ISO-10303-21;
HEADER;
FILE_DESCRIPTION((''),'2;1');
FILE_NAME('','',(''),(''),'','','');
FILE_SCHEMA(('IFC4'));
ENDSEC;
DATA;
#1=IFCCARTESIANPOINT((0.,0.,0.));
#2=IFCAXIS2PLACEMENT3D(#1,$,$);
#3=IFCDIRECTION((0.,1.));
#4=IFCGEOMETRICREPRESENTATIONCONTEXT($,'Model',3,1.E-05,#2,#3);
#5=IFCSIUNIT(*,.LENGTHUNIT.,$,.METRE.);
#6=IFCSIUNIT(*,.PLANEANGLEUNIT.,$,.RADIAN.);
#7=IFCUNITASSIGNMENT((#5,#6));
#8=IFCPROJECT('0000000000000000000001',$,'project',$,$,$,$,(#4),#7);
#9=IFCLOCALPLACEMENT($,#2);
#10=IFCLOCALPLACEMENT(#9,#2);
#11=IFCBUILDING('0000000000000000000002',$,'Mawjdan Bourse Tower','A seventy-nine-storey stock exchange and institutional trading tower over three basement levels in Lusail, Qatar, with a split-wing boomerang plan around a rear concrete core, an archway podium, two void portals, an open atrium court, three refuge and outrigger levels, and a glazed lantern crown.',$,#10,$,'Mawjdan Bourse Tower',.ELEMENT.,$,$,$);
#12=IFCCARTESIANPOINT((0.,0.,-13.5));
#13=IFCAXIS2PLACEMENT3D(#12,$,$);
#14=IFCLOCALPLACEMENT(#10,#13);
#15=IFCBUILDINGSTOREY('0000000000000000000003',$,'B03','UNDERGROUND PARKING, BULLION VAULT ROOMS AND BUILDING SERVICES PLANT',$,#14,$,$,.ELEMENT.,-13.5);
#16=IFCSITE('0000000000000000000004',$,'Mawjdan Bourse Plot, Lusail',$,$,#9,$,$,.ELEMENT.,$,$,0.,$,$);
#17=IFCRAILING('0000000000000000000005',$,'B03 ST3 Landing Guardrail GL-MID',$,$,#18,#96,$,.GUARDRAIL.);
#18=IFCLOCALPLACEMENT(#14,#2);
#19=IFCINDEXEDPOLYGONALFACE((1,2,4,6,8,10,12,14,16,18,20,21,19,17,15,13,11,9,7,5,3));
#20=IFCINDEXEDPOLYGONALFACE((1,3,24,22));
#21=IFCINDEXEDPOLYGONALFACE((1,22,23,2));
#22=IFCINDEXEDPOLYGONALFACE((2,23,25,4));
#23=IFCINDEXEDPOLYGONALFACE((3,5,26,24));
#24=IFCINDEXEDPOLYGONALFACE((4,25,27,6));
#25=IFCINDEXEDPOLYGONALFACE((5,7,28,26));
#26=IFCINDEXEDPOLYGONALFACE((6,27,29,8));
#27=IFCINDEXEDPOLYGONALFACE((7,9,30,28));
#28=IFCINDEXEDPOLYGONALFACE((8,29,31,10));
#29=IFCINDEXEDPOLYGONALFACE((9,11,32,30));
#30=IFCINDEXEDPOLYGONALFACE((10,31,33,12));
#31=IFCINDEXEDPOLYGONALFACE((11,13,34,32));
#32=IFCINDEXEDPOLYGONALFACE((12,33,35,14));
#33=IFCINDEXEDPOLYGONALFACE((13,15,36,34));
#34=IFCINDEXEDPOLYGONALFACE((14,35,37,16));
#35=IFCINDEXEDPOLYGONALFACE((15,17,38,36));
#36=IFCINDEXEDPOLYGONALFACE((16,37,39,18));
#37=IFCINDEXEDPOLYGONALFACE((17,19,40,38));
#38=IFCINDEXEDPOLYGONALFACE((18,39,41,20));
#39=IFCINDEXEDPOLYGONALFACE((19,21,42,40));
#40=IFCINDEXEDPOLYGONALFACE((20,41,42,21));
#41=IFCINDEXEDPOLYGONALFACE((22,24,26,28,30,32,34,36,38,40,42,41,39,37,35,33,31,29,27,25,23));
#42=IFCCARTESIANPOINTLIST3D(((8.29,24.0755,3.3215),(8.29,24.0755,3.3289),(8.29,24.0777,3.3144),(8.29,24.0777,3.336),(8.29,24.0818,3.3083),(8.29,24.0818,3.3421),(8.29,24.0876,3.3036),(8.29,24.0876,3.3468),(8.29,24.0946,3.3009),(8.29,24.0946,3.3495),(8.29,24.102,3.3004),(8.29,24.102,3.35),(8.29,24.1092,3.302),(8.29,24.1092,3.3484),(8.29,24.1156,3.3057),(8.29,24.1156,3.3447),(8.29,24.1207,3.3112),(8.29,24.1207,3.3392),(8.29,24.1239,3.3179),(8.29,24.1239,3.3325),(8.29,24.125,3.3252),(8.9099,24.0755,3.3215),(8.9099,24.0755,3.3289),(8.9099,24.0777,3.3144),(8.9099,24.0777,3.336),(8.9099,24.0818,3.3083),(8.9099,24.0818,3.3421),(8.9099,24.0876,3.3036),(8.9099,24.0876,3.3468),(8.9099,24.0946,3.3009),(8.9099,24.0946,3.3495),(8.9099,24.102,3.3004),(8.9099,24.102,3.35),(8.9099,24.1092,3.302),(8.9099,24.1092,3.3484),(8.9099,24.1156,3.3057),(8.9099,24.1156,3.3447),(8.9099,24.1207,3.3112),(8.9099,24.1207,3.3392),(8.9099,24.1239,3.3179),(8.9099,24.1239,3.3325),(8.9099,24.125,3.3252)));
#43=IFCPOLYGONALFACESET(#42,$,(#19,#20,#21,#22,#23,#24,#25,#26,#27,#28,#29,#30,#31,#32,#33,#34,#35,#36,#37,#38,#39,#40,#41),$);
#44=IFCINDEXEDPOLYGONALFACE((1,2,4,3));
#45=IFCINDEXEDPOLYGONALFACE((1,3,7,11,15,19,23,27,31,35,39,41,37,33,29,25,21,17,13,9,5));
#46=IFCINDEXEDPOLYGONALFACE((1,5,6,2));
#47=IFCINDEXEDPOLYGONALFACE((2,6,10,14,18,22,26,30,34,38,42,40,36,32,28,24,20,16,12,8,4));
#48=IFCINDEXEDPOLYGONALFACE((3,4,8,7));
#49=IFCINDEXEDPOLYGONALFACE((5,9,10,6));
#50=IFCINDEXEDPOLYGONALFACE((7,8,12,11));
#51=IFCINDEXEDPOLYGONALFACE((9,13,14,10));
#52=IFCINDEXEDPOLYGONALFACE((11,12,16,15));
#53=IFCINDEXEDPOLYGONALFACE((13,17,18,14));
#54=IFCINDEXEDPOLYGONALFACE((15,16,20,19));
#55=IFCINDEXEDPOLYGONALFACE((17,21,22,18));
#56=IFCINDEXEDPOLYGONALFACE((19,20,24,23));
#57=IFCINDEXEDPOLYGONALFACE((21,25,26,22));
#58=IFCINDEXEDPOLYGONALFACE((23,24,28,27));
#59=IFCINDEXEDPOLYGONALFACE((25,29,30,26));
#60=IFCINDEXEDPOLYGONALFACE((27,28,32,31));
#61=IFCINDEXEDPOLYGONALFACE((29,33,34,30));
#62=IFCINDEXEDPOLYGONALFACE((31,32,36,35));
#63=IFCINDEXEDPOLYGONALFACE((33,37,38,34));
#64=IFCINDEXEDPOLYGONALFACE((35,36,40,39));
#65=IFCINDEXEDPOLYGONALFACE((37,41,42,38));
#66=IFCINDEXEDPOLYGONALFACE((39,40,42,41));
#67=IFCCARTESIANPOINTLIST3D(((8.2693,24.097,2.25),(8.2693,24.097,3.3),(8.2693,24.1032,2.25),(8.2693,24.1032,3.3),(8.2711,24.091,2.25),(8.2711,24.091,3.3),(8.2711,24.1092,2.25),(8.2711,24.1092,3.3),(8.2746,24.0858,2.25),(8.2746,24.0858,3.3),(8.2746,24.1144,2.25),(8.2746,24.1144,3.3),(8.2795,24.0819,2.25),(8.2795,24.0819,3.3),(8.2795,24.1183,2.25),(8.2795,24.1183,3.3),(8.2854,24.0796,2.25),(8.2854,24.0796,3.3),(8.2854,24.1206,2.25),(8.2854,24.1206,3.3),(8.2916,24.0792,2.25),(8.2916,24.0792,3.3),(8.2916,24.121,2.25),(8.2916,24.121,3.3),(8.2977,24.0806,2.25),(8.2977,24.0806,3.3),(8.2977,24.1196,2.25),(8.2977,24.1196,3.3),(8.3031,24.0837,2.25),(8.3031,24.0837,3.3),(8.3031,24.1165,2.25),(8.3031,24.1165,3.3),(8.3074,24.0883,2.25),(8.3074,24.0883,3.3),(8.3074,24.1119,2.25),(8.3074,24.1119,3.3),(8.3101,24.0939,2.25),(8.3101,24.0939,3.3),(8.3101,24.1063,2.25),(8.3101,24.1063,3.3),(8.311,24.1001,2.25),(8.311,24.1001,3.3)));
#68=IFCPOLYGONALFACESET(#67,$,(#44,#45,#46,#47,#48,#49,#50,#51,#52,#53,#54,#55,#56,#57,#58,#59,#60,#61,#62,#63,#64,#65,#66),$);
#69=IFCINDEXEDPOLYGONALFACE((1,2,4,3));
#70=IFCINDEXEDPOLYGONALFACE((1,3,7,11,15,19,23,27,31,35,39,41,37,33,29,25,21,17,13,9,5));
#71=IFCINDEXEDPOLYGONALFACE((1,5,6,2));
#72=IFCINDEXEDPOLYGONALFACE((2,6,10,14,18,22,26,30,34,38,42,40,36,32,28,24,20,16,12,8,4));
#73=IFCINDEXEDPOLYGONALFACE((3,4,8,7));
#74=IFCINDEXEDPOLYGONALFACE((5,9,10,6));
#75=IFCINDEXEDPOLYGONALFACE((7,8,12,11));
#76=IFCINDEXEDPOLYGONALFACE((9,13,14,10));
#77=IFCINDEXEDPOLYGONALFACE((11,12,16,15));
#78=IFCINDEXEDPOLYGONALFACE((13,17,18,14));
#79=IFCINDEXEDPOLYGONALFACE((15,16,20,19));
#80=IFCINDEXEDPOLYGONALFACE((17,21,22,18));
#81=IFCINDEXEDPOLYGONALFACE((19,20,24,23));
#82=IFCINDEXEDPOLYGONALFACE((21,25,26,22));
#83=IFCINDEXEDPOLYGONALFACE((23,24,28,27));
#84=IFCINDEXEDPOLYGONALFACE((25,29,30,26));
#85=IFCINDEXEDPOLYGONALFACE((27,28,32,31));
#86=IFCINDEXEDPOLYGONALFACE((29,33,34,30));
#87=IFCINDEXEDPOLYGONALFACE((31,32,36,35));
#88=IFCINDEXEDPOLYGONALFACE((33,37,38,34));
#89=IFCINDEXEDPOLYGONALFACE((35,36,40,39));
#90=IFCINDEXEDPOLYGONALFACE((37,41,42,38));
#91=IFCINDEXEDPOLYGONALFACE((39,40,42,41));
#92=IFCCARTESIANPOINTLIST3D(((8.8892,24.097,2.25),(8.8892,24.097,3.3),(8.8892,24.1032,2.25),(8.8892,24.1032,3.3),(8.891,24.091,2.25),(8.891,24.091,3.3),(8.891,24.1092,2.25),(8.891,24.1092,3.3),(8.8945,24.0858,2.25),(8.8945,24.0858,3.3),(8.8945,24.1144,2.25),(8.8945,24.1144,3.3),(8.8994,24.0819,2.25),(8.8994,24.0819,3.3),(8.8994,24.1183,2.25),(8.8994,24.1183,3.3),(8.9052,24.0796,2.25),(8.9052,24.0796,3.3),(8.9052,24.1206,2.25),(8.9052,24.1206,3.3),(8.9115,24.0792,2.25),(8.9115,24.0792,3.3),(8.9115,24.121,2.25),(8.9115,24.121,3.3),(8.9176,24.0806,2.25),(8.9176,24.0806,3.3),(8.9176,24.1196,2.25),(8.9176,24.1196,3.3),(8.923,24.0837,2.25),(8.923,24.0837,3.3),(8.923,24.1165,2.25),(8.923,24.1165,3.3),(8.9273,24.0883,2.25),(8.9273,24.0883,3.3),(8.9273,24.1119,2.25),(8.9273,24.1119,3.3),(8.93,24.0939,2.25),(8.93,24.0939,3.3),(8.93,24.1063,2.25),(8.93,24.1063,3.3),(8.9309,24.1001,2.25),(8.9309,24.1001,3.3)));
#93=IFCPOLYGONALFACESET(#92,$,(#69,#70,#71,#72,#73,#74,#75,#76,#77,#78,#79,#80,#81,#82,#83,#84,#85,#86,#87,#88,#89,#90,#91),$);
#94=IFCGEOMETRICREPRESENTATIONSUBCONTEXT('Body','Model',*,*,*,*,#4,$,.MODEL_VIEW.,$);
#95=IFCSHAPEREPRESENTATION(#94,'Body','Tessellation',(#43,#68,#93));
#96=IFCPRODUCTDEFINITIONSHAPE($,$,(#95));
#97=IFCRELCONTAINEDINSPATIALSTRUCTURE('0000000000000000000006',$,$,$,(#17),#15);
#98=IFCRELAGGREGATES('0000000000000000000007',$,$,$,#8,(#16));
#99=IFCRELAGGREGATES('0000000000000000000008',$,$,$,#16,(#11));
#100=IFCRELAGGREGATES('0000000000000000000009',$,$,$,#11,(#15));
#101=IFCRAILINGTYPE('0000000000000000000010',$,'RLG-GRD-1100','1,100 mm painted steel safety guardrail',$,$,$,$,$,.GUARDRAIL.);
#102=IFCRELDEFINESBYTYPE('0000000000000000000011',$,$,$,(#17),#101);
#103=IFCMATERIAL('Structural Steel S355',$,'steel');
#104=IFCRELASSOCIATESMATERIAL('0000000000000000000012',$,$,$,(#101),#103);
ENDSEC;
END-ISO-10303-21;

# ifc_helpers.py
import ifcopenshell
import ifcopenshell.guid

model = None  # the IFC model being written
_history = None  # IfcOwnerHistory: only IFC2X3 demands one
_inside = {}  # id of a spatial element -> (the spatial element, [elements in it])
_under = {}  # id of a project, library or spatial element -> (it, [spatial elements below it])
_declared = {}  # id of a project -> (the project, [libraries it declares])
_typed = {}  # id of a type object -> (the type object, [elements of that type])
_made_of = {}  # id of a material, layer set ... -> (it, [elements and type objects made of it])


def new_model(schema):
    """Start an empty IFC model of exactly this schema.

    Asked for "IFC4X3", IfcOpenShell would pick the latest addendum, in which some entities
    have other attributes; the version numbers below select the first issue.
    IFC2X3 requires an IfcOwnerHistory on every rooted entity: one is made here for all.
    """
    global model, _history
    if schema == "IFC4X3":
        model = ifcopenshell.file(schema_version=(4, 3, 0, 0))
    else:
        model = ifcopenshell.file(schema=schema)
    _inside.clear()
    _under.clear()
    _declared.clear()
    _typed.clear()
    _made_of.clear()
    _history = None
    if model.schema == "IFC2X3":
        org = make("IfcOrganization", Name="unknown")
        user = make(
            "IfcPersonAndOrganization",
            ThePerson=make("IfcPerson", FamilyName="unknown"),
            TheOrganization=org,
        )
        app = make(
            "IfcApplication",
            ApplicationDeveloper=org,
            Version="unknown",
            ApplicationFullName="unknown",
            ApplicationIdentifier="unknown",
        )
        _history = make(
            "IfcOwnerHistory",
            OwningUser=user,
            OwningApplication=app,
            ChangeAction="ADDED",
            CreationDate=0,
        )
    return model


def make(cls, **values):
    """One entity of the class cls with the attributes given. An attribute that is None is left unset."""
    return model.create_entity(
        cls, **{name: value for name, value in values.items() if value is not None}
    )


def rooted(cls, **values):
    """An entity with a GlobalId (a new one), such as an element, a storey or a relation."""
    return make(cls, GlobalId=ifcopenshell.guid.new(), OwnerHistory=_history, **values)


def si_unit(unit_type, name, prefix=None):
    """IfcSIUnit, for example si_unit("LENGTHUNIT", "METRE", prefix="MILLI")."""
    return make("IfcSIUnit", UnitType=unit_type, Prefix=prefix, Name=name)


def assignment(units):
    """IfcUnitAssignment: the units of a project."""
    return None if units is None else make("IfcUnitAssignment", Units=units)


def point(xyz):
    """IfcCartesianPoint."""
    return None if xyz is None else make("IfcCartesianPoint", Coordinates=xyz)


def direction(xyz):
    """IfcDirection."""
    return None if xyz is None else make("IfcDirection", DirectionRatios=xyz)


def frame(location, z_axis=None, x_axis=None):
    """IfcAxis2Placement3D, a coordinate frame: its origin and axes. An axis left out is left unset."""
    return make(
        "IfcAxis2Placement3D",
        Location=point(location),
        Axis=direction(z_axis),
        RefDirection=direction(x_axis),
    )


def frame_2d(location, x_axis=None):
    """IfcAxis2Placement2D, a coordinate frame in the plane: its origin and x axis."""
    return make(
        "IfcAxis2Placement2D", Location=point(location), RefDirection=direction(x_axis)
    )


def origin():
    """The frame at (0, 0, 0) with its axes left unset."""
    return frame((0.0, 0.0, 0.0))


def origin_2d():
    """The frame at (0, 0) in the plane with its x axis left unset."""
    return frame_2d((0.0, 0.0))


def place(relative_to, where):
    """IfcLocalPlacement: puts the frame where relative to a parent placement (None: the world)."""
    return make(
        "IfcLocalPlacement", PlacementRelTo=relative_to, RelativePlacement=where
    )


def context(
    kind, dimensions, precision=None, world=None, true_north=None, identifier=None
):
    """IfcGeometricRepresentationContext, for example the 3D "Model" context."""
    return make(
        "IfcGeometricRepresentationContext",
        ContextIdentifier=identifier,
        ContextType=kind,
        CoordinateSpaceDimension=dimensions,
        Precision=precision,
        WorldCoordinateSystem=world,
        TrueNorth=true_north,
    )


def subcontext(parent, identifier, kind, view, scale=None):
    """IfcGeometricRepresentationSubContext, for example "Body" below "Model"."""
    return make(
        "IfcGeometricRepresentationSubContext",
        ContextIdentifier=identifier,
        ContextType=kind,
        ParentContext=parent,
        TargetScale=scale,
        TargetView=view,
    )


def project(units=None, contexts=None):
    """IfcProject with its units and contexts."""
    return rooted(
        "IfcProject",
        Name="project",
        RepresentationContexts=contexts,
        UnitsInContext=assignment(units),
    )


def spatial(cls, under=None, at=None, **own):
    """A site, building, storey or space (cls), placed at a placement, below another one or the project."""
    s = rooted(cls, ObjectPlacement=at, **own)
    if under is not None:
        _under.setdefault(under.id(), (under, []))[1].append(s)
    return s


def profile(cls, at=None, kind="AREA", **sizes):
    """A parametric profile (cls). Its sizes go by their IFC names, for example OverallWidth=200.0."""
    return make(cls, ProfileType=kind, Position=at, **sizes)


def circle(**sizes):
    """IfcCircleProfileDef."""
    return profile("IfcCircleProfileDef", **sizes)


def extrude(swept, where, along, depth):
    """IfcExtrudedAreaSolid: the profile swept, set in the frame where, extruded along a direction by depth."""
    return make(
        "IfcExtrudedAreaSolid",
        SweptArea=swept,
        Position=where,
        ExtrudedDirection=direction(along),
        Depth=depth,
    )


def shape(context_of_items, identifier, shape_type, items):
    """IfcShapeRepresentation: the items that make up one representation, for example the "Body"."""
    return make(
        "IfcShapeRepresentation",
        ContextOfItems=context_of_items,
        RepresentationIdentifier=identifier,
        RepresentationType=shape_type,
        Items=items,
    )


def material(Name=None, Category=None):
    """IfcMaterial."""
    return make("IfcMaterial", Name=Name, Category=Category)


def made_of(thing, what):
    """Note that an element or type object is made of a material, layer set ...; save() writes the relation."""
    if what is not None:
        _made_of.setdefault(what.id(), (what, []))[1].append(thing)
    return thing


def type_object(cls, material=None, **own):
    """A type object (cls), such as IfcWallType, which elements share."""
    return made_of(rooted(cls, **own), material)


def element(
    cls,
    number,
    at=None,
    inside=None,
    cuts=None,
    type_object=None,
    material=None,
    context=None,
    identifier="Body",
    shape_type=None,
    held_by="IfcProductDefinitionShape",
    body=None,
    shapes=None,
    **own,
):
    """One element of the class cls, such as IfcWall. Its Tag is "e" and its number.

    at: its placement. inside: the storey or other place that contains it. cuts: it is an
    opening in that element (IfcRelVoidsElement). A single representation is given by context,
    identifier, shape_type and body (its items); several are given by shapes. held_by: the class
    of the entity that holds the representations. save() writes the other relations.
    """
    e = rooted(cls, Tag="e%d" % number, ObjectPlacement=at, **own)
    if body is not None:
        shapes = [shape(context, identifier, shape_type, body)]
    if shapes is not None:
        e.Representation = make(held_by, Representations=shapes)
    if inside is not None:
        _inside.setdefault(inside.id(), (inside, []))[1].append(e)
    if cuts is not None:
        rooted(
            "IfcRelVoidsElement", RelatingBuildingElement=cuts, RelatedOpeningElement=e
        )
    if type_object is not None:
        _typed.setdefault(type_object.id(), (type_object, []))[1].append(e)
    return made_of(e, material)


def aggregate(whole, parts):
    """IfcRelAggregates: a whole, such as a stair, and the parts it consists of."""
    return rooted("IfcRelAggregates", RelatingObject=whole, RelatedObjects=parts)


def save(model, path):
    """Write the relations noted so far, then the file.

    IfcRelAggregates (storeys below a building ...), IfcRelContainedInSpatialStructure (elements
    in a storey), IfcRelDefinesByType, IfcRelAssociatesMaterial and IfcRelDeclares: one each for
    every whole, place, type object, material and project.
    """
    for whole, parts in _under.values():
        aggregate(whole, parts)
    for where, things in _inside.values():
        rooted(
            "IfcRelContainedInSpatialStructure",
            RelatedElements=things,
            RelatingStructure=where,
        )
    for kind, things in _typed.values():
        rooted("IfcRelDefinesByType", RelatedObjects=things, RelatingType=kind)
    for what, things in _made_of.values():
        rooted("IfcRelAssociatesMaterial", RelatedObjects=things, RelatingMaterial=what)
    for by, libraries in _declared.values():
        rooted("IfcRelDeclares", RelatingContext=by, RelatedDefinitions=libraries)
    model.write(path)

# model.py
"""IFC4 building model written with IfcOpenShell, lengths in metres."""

from ifc_helpers import new_model, si_unit, direction, frame, origin, origin_2d, place, context, subcontext, project, spatial, circle, extrude, material, type_object, element, save


model = new_model("IFC4")

# Units and contexts
model_context = context("Model", 3, precision=1e-05, world=origin(), true_north=direction((0.0, 1.0)))
body_context = subcontext(model_context, "Body", "Model", "MODEL_VIEW")
ifc_project = project(units=[si_unit("LENGTHUNIT", "METRE"), si_unit("PLANEANGLEUNIT", "RADIAN")], contexts=[model_context])

# Site, building, storey
site_placement = place(None, origin())
site = spatial("IfcSite", under=ifc_project, at=site_placement, Name="Mawjdan Bourse Plot, Lusail", CompositionType="ELEMENT", RefElevation=0.0)
building_placement = place(site_placement, origin())
building = spatial("IfcBuilding", under=site, at=building_placement, Name="Mawjdan Bourse Tower", Description="A seventy-nine-storey stock exchange and institutional trading tower over three basement levels in Lusail, Qatar, with a split-wing boomerang plan around a rear concrete core, an archway podium, two void portals, an open atrium court, three refuge and outrigger levels, and a glazed lantern crown.", LongName="Mawjdan Bourse Tower", CompositionType="ELEMENT")
storey_placement = place(building_placement, frame((0.0, 0.0, -13.5)))
storey = spatial("IfcBuildingStorey", under=building, at=storey_placement, Name="B03", Description="UNDERGROUND PARKING, BULLION VAULT ROOMS AND BUILDING SERVICES PLANT", CompositionType="ELEMENT", Elevation=-13.5)

# Railing
ifc_material_1 = material(Name="Structural Steel S355", Category="steel")
railing_type_1 = type_object("IfcRailingType", Name="RLG-GRD-1100", Description="1,100 mm painted steel safety guardrail", PredefinedType="GUARDRAIL", material=ifc_material_1)
railing_1_placement = place(storey_placement, frame((8.29, 24.1001, 2.25)))
element("IfcRailing", 1, at=railing_1_placement, inside=storey, type_object=railing_type_1, Name="B03 ST3 Landing Guardrail GL-MID", PredefinedType="GUARDRAIL", context=body_context, shape_type="SweptSolid", body=[
    extrude(circle(Radius=0.0249, at=origin_2d()), frame((0.0, 0.0, 1.0752), z_axis=(1.0, 0.0, 0.0), x_axis=(0.0, 1.0, 0.0)), (0.0, 0.0, 1.0), 0.6199),
    extrude(circle(Radius=0.021, at=origin_2d()), origin(), (0.0, 0.0, 1.0), 1.05),
    extrude(circle(Radius=0.021, at=origin_2d()), frame((0.6199, 0.0, 0.0)), (0.0, 0.0, 1.0), 1.05),
])

save(model, "model.ifc")
